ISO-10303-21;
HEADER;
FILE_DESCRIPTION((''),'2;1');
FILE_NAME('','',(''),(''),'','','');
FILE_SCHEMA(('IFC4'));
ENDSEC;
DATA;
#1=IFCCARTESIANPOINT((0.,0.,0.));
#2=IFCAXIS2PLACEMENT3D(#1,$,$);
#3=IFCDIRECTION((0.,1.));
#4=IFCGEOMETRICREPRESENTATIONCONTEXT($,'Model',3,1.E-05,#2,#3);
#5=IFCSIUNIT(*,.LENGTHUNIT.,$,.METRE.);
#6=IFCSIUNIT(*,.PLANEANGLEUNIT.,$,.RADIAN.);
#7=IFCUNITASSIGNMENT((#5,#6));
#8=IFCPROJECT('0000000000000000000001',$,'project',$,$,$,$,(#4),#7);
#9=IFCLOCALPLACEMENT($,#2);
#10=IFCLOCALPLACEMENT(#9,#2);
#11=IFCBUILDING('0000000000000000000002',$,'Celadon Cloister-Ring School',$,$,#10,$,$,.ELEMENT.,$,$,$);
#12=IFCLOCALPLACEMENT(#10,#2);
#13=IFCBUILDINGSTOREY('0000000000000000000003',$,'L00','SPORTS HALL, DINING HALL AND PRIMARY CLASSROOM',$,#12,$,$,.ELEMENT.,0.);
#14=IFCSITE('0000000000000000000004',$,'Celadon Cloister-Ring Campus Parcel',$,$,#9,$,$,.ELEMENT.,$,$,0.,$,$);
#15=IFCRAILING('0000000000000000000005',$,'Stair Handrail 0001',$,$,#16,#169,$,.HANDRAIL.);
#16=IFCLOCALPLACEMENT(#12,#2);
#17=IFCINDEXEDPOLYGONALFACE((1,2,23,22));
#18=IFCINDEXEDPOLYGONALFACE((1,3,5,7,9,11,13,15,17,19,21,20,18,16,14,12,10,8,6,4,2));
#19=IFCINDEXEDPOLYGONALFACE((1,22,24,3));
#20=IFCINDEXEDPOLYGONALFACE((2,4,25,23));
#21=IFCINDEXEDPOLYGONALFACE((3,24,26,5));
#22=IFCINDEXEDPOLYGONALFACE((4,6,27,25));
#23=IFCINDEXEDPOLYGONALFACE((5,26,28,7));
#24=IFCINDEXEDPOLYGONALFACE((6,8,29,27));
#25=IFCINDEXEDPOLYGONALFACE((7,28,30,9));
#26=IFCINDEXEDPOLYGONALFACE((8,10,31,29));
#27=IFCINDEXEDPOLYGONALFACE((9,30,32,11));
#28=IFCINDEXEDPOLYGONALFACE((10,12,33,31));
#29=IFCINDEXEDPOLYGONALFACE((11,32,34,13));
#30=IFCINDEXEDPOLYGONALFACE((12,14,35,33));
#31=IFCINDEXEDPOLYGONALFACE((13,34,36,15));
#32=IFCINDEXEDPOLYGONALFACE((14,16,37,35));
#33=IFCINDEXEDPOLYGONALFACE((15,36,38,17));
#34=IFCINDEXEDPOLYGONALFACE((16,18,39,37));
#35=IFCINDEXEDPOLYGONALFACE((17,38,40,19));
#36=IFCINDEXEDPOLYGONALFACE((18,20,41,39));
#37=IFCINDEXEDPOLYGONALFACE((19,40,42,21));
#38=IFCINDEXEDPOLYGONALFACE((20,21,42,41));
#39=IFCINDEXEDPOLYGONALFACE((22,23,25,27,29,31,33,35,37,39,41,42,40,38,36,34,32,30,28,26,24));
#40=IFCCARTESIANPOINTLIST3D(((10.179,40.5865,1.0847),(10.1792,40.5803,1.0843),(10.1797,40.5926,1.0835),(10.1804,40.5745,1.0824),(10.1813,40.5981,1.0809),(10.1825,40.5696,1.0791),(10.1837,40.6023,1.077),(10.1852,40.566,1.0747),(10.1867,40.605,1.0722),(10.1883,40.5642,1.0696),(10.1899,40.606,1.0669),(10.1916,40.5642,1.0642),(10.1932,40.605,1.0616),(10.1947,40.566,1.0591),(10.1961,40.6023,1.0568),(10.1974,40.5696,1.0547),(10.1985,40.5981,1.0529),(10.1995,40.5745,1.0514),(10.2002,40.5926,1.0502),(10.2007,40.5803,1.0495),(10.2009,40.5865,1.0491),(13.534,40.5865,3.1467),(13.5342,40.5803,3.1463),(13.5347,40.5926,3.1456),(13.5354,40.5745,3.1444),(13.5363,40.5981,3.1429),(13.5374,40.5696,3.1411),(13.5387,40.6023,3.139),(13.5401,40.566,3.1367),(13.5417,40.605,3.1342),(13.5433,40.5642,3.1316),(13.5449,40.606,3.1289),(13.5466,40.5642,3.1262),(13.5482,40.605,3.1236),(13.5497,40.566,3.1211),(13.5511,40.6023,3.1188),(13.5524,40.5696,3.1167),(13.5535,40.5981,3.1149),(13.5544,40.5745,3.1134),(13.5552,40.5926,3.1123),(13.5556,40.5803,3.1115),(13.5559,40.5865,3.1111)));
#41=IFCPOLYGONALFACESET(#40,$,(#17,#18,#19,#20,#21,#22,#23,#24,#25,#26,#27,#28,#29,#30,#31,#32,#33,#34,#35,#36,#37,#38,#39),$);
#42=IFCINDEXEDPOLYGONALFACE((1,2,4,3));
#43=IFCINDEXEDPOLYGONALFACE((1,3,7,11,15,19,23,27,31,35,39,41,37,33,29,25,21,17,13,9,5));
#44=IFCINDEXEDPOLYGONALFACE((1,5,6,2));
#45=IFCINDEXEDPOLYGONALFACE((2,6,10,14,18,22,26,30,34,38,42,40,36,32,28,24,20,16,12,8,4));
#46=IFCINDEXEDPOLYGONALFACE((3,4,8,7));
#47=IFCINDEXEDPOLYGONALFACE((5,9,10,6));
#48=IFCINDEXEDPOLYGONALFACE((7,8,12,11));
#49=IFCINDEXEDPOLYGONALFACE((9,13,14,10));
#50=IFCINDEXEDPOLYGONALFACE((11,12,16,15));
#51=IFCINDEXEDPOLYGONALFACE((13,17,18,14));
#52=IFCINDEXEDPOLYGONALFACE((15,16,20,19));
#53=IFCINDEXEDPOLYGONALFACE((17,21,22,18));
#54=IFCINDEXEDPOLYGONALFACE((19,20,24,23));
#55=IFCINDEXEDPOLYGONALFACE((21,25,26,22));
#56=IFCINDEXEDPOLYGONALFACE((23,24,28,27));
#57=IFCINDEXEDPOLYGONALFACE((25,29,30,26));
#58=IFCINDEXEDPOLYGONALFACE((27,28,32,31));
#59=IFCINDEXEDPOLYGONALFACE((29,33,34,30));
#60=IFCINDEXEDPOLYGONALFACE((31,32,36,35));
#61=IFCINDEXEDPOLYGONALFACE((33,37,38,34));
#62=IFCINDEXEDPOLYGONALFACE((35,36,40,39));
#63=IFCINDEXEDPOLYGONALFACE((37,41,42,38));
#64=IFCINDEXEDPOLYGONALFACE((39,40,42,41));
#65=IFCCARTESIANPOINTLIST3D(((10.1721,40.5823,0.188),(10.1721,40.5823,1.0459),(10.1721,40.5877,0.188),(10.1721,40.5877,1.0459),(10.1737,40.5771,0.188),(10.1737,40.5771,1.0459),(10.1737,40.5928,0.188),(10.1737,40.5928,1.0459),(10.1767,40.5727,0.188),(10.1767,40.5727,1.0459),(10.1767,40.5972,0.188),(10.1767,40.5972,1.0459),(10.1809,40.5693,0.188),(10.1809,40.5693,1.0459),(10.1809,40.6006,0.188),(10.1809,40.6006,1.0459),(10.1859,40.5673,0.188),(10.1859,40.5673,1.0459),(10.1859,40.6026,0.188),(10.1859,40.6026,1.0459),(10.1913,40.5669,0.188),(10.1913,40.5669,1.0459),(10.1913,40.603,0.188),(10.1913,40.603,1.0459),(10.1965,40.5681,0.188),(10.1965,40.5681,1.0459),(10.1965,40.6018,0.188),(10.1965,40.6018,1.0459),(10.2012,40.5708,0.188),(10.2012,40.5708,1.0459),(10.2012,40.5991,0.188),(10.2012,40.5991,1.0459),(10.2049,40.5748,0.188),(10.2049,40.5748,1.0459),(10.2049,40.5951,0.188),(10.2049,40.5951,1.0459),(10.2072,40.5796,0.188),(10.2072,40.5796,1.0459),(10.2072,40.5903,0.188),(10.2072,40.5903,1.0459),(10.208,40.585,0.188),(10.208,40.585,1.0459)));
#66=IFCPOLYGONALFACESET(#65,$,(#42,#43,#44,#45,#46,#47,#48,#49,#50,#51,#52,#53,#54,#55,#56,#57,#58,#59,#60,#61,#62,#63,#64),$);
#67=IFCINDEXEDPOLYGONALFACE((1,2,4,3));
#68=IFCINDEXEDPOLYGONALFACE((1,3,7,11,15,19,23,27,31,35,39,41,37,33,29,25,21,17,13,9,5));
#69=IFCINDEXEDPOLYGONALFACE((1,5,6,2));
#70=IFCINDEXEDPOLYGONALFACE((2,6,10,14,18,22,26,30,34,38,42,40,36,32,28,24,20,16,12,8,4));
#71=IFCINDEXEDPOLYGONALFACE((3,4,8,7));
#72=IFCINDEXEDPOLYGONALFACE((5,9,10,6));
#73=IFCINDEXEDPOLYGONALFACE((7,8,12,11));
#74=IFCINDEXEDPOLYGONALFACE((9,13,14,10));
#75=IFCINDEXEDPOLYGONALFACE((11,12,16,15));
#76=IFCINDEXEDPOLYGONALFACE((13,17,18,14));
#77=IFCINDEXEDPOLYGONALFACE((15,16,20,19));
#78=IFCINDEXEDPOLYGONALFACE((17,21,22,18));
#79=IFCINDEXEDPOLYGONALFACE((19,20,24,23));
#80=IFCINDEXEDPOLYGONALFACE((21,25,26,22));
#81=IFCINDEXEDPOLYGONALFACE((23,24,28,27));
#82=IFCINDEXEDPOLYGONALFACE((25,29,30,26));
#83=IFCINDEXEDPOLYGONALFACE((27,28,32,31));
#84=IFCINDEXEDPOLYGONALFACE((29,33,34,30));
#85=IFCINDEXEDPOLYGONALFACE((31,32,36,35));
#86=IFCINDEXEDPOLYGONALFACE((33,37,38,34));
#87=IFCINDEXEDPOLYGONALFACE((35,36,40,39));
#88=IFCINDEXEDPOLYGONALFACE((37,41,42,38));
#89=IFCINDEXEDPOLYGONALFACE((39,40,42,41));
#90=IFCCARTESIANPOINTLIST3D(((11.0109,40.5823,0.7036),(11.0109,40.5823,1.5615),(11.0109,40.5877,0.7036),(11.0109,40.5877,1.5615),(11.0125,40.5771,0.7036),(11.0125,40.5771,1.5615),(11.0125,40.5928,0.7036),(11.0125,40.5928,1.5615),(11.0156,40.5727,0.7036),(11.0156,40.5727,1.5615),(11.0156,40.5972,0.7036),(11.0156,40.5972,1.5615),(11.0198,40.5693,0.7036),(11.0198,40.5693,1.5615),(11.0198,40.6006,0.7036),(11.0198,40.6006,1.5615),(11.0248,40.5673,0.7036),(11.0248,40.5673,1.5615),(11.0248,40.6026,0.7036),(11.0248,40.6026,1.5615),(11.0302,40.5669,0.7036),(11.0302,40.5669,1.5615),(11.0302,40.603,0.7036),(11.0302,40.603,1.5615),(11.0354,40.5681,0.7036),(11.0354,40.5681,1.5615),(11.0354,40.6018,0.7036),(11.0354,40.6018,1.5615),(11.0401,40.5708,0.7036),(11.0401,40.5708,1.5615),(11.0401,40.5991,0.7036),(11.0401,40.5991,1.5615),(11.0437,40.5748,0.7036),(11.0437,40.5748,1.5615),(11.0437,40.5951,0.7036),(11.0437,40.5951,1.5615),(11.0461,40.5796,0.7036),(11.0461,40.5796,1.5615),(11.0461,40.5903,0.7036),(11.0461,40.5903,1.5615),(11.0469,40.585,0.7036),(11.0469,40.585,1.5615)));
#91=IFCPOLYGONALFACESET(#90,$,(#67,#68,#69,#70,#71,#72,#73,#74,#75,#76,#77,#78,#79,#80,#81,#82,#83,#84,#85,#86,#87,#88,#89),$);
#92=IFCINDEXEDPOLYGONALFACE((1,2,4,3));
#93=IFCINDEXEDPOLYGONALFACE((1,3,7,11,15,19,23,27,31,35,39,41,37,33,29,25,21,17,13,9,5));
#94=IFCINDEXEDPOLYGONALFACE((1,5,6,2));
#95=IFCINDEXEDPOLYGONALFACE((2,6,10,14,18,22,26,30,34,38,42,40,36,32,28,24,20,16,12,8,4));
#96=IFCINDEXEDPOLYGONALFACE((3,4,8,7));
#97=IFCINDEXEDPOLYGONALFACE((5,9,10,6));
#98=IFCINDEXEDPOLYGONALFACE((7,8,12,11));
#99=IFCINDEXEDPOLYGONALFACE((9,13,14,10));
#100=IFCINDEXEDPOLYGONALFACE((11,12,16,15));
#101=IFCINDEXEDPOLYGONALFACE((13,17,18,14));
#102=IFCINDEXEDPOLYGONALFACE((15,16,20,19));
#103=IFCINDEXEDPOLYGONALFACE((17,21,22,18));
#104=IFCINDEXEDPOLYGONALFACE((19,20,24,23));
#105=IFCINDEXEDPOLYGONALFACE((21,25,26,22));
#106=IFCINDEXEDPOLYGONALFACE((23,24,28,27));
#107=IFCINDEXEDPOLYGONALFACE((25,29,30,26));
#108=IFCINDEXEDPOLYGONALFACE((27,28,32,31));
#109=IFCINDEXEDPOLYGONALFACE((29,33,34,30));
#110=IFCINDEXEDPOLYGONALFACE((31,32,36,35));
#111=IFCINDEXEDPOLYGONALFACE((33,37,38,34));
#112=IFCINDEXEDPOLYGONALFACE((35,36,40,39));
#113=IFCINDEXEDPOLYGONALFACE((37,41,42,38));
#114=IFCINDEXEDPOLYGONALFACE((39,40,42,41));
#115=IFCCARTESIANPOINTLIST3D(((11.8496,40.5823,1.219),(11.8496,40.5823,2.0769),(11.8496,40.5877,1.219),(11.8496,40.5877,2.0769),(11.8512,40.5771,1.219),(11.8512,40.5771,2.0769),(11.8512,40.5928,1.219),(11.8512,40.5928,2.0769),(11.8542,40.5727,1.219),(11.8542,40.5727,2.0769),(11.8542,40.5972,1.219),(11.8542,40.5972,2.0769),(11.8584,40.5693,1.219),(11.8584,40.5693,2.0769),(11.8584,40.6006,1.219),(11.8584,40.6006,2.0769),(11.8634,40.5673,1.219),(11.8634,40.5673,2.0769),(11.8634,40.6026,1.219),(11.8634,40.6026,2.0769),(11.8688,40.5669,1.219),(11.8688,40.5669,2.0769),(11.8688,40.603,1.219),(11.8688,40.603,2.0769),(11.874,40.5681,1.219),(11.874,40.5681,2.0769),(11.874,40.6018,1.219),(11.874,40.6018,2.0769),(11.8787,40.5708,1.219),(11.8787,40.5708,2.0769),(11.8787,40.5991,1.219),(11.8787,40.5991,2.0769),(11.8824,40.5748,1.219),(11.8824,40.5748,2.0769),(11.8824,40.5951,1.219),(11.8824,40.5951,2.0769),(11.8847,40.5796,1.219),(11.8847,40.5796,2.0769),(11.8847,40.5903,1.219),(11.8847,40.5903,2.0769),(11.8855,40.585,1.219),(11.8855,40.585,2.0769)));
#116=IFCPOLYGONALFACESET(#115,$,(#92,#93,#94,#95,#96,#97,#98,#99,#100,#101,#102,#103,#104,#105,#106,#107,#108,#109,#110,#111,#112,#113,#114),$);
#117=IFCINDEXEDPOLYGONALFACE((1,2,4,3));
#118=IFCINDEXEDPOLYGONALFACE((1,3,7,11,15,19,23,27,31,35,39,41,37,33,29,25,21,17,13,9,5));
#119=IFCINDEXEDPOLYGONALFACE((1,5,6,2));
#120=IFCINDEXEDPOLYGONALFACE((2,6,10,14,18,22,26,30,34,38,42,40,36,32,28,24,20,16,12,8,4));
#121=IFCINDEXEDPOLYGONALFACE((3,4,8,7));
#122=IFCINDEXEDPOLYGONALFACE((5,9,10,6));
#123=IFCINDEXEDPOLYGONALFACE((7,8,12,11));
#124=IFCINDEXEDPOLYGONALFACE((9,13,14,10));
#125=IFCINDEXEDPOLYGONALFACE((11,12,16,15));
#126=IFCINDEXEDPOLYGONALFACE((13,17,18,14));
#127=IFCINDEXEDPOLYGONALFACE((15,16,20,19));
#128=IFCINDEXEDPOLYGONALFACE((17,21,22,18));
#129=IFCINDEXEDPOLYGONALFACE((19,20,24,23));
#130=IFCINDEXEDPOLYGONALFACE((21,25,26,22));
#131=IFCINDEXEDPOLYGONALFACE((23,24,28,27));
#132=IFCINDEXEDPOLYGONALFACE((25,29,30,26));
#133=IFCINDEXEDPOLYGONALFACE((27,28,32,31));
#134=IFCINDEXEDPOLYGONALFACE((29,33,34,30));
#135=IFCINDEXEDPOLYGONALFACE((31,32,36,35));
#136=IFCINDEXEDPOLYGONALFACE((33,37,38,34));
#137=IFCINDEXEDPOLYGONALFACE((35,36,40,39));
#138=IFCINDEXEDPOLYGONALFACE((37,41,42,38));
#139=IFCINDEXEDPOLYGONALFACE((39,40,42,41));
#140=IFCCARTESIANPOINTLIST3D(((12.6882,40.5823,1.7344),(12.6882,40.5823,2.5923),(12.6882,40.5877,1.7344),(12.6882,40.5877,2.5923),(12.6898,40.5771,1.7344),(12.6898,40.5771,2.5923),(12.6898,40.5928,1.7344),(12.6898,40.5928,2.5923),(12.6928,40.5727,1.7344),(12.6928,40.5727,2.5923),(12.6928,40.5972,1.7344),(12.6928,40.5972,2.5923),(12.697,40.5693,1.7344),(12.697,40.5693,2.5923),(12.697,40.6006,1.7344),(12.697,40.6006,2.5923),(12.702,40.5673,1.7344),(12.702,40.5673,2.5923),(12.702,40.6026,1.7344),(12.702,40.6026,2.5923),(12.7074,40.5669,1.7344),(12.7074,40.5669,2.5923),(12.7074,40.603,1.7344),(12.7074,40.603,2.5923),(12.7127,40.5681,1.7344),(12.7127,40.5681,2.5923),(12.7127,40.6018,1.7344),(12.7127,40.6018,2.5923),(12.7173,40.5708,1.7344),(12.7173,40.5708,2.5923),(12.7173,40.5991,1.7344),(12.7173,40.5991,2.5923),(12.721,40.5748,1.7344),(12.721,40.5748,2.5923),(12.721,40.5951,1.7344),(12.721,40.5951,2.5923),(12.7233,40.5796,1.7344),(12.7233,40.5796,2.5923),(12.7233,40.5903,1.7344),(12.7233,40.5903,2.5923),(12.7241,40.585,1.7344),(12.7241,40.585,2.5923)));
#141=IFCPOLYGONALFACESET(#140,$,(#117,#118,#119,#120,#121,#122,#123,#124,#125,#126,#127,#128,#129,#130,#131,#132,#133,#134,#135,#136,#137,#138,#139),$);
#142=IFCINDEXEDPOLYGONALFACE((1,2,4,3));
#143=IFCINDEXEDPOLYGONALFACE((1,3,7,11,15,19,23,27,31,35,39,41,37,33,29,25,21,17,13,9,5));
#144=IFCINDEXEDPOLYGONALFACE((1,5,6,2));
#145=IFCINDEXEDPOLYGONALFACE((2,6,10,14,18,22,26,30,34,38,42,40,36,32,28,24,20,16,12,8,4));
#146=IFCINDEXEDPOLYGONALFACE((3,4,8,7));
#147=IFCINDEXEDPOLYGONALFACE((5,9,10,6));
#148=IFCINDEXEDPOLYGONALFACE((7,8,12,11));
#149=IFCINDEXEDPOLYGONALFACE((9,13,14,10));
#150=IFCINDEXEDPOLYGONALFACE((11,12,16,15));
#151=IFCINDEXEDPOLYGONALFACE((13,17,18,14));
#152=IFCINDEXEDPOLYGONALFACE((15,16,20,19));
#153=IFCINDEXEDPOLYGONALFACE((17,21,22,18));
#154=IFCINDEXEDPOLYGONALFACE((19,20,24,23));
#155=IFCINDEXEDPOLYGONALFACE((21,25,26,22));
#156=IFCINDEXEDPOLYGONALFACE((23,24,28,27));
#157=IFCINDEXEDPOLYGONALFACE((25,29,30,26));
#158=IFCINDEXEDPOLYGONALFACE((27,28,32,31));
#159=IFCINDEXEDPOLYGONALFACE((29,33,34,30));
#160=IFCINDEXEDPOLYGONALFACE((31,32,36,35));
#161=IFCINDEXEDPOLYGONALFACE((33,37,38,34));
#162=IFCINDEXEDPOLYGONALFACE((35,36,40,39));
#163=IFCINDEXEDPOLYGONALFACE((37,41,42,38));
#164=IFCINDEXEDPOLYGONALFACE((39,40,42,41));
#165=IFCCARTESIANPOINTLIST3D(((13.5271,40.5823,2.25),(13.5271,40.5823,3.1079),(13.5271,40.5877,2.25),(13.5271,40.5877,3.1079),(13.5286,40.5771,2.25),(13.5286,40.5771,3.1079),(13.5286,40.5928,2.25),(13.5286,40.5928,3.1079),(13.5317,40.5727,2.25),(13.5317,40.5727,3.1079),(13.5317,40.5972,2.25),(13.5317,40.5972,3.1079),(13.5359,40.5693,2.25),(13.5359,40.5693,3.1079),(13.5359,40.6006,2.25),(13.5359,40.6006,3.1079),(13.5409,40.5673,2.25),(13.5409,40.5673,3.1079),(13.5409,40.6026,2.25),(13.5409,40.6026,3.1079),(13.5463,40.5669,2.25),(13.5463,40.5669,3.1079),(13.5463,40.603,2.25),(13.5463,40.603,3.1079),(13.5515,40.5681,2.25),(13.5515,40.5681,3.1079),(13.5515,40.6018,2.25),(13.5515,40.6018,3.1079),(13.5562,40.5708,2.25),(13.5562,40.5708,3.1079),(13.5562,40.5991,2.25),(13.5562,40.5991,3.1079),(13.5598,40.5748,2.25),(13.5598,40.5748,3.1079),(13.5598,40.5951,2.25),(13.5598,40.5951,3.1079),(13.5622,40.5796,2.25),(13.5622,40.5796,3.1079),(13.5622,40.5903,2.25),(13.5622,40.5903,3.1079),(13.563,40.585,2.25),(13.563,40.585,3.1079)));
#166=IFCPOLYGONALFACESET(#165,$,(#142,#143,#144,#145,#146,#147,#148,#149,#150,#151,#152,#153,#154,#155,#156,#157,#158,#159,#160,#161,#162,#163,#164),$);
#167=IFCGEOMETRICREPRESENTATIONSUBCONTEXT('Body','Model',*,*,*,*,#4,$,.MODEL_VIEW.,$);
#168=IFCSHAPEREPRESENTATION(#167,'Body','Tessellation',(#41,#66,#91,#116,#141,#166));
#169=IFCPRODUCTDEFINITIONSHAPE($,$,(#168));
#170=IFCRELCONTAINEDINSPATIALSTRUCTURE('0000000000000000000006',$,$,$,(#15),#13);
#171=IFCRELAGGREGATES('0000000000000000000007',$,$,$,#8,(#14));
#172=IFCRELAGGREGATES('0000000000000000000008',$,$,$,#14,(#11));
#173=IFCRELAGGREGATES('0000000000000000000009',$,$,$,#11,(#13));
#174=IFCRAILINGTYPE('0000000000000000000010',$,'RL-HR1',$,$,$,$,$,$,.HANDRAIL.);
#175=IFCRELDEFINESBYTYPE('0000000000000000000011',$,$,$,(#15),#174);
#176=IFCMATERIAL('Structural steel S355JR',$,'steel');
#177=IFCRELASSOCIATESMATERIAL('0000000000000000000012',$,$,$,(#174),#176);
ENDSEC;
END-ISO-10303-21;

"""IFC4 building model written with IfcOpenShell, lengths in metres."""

from ifc_helpers import new_model, si_unit, direction, frame, origin, origin_2d, place, context, subcontext, project, spatial, circle, extrude, material, type_object, element, save


model = new_model("IFC4")

# Units and contexts
model_context = context("Model", 3, precision=1e-05, world=origin(), true_north=direction((0.0, 1.0)))
body_context = subcontext(model_context, "Body", "Model", "MODEL_VIEW")
ifc_project = project(units=[si_unit("LENGTHUNIT", "METRE"), si_unit("PLANEANGLEUNIT", "RADIAN")], contexts=[model_context])

# Site, building, storey
site_placement = place(None, origin())
site = spatial("IfcSite", under=ifc_project, at=site_placement, Name="Celadon Cloister-Ring Campus Parcel", CompositionType="ELEMENT", RefElevation=0.0)
building_placement = place(site_placement, origin())
building = spatial("IfcBuilding", under=site, at=building_placement, Name="Celadon Cloister-Ring School", CompositionType="ELEMENT")
storey_placement = place(building_placement, origin())
storey = spatial("IfcBuildingStorey", under=building, at=storey_placement, Name="L00", Description="SPORTS HALL, DINING HALL AND PRIMARY CLASSROOM", CompositionType="ELEMENT", Elevation=0.0)

# Railing
ifc_material_1 = material(Name="Structural steel S355JR", Category="steel")
railing_type_1 = type_object("IfcRailingType", Name="RL-HR1", PredefinedType="HANDRAIL", material=ifc_material_1)
for number, where, name in (
    (1, (10.1899, 40.585, 0.188), "Stair Handrail 0001"),
):
    element("IfcRailing", number, at=place(storey_placement, frame(where)), inside=storey, type_object=railing_type_1, Name=name, PredefinedType="HANDRAIL", context=body_context, shape_type="SweptSolid", body=[
        extrude(circle(Radius=0.021, at=origin_2d()), frame((0.0, 0.0, 0.8789), z_axis=(0.851952, 0.0, 0.52362), x_axis=(0.0, 1.0, 0.0)), (0.0, 0.0, 1.0), 3.938),
        extrude(circle(Radius=0.0181, at=origin_2d()), origin(), (0.0, 0.0, 1.0), 0.8579),
        extrude(circle(Radius=0.0181, at=origin_2d()), frame((0.8389, 0.0, 0.5156)), (0.0, 0.0, 1.0), 0.8579),
        extrude(circle(Radius=0.0181, at=origin_2d()), frame((1.6775, 0.0, 1.031)), (0.0, 0.0, 1.0), 0.8579),
        extrude(circle(Radius=0.0181, at=origin_2d()), frame((2.5161, 0.0, 1.5464)), (0.0, 0.0, 1.0), 0.8579),
        extrude(circle(Radius=0.0181, at=origin_2d()), frame((3.355, 0.0, 2.062)), (0.0, 0.0, 1.0), 0.8579),
    ])

save(model, "model.ifc")
